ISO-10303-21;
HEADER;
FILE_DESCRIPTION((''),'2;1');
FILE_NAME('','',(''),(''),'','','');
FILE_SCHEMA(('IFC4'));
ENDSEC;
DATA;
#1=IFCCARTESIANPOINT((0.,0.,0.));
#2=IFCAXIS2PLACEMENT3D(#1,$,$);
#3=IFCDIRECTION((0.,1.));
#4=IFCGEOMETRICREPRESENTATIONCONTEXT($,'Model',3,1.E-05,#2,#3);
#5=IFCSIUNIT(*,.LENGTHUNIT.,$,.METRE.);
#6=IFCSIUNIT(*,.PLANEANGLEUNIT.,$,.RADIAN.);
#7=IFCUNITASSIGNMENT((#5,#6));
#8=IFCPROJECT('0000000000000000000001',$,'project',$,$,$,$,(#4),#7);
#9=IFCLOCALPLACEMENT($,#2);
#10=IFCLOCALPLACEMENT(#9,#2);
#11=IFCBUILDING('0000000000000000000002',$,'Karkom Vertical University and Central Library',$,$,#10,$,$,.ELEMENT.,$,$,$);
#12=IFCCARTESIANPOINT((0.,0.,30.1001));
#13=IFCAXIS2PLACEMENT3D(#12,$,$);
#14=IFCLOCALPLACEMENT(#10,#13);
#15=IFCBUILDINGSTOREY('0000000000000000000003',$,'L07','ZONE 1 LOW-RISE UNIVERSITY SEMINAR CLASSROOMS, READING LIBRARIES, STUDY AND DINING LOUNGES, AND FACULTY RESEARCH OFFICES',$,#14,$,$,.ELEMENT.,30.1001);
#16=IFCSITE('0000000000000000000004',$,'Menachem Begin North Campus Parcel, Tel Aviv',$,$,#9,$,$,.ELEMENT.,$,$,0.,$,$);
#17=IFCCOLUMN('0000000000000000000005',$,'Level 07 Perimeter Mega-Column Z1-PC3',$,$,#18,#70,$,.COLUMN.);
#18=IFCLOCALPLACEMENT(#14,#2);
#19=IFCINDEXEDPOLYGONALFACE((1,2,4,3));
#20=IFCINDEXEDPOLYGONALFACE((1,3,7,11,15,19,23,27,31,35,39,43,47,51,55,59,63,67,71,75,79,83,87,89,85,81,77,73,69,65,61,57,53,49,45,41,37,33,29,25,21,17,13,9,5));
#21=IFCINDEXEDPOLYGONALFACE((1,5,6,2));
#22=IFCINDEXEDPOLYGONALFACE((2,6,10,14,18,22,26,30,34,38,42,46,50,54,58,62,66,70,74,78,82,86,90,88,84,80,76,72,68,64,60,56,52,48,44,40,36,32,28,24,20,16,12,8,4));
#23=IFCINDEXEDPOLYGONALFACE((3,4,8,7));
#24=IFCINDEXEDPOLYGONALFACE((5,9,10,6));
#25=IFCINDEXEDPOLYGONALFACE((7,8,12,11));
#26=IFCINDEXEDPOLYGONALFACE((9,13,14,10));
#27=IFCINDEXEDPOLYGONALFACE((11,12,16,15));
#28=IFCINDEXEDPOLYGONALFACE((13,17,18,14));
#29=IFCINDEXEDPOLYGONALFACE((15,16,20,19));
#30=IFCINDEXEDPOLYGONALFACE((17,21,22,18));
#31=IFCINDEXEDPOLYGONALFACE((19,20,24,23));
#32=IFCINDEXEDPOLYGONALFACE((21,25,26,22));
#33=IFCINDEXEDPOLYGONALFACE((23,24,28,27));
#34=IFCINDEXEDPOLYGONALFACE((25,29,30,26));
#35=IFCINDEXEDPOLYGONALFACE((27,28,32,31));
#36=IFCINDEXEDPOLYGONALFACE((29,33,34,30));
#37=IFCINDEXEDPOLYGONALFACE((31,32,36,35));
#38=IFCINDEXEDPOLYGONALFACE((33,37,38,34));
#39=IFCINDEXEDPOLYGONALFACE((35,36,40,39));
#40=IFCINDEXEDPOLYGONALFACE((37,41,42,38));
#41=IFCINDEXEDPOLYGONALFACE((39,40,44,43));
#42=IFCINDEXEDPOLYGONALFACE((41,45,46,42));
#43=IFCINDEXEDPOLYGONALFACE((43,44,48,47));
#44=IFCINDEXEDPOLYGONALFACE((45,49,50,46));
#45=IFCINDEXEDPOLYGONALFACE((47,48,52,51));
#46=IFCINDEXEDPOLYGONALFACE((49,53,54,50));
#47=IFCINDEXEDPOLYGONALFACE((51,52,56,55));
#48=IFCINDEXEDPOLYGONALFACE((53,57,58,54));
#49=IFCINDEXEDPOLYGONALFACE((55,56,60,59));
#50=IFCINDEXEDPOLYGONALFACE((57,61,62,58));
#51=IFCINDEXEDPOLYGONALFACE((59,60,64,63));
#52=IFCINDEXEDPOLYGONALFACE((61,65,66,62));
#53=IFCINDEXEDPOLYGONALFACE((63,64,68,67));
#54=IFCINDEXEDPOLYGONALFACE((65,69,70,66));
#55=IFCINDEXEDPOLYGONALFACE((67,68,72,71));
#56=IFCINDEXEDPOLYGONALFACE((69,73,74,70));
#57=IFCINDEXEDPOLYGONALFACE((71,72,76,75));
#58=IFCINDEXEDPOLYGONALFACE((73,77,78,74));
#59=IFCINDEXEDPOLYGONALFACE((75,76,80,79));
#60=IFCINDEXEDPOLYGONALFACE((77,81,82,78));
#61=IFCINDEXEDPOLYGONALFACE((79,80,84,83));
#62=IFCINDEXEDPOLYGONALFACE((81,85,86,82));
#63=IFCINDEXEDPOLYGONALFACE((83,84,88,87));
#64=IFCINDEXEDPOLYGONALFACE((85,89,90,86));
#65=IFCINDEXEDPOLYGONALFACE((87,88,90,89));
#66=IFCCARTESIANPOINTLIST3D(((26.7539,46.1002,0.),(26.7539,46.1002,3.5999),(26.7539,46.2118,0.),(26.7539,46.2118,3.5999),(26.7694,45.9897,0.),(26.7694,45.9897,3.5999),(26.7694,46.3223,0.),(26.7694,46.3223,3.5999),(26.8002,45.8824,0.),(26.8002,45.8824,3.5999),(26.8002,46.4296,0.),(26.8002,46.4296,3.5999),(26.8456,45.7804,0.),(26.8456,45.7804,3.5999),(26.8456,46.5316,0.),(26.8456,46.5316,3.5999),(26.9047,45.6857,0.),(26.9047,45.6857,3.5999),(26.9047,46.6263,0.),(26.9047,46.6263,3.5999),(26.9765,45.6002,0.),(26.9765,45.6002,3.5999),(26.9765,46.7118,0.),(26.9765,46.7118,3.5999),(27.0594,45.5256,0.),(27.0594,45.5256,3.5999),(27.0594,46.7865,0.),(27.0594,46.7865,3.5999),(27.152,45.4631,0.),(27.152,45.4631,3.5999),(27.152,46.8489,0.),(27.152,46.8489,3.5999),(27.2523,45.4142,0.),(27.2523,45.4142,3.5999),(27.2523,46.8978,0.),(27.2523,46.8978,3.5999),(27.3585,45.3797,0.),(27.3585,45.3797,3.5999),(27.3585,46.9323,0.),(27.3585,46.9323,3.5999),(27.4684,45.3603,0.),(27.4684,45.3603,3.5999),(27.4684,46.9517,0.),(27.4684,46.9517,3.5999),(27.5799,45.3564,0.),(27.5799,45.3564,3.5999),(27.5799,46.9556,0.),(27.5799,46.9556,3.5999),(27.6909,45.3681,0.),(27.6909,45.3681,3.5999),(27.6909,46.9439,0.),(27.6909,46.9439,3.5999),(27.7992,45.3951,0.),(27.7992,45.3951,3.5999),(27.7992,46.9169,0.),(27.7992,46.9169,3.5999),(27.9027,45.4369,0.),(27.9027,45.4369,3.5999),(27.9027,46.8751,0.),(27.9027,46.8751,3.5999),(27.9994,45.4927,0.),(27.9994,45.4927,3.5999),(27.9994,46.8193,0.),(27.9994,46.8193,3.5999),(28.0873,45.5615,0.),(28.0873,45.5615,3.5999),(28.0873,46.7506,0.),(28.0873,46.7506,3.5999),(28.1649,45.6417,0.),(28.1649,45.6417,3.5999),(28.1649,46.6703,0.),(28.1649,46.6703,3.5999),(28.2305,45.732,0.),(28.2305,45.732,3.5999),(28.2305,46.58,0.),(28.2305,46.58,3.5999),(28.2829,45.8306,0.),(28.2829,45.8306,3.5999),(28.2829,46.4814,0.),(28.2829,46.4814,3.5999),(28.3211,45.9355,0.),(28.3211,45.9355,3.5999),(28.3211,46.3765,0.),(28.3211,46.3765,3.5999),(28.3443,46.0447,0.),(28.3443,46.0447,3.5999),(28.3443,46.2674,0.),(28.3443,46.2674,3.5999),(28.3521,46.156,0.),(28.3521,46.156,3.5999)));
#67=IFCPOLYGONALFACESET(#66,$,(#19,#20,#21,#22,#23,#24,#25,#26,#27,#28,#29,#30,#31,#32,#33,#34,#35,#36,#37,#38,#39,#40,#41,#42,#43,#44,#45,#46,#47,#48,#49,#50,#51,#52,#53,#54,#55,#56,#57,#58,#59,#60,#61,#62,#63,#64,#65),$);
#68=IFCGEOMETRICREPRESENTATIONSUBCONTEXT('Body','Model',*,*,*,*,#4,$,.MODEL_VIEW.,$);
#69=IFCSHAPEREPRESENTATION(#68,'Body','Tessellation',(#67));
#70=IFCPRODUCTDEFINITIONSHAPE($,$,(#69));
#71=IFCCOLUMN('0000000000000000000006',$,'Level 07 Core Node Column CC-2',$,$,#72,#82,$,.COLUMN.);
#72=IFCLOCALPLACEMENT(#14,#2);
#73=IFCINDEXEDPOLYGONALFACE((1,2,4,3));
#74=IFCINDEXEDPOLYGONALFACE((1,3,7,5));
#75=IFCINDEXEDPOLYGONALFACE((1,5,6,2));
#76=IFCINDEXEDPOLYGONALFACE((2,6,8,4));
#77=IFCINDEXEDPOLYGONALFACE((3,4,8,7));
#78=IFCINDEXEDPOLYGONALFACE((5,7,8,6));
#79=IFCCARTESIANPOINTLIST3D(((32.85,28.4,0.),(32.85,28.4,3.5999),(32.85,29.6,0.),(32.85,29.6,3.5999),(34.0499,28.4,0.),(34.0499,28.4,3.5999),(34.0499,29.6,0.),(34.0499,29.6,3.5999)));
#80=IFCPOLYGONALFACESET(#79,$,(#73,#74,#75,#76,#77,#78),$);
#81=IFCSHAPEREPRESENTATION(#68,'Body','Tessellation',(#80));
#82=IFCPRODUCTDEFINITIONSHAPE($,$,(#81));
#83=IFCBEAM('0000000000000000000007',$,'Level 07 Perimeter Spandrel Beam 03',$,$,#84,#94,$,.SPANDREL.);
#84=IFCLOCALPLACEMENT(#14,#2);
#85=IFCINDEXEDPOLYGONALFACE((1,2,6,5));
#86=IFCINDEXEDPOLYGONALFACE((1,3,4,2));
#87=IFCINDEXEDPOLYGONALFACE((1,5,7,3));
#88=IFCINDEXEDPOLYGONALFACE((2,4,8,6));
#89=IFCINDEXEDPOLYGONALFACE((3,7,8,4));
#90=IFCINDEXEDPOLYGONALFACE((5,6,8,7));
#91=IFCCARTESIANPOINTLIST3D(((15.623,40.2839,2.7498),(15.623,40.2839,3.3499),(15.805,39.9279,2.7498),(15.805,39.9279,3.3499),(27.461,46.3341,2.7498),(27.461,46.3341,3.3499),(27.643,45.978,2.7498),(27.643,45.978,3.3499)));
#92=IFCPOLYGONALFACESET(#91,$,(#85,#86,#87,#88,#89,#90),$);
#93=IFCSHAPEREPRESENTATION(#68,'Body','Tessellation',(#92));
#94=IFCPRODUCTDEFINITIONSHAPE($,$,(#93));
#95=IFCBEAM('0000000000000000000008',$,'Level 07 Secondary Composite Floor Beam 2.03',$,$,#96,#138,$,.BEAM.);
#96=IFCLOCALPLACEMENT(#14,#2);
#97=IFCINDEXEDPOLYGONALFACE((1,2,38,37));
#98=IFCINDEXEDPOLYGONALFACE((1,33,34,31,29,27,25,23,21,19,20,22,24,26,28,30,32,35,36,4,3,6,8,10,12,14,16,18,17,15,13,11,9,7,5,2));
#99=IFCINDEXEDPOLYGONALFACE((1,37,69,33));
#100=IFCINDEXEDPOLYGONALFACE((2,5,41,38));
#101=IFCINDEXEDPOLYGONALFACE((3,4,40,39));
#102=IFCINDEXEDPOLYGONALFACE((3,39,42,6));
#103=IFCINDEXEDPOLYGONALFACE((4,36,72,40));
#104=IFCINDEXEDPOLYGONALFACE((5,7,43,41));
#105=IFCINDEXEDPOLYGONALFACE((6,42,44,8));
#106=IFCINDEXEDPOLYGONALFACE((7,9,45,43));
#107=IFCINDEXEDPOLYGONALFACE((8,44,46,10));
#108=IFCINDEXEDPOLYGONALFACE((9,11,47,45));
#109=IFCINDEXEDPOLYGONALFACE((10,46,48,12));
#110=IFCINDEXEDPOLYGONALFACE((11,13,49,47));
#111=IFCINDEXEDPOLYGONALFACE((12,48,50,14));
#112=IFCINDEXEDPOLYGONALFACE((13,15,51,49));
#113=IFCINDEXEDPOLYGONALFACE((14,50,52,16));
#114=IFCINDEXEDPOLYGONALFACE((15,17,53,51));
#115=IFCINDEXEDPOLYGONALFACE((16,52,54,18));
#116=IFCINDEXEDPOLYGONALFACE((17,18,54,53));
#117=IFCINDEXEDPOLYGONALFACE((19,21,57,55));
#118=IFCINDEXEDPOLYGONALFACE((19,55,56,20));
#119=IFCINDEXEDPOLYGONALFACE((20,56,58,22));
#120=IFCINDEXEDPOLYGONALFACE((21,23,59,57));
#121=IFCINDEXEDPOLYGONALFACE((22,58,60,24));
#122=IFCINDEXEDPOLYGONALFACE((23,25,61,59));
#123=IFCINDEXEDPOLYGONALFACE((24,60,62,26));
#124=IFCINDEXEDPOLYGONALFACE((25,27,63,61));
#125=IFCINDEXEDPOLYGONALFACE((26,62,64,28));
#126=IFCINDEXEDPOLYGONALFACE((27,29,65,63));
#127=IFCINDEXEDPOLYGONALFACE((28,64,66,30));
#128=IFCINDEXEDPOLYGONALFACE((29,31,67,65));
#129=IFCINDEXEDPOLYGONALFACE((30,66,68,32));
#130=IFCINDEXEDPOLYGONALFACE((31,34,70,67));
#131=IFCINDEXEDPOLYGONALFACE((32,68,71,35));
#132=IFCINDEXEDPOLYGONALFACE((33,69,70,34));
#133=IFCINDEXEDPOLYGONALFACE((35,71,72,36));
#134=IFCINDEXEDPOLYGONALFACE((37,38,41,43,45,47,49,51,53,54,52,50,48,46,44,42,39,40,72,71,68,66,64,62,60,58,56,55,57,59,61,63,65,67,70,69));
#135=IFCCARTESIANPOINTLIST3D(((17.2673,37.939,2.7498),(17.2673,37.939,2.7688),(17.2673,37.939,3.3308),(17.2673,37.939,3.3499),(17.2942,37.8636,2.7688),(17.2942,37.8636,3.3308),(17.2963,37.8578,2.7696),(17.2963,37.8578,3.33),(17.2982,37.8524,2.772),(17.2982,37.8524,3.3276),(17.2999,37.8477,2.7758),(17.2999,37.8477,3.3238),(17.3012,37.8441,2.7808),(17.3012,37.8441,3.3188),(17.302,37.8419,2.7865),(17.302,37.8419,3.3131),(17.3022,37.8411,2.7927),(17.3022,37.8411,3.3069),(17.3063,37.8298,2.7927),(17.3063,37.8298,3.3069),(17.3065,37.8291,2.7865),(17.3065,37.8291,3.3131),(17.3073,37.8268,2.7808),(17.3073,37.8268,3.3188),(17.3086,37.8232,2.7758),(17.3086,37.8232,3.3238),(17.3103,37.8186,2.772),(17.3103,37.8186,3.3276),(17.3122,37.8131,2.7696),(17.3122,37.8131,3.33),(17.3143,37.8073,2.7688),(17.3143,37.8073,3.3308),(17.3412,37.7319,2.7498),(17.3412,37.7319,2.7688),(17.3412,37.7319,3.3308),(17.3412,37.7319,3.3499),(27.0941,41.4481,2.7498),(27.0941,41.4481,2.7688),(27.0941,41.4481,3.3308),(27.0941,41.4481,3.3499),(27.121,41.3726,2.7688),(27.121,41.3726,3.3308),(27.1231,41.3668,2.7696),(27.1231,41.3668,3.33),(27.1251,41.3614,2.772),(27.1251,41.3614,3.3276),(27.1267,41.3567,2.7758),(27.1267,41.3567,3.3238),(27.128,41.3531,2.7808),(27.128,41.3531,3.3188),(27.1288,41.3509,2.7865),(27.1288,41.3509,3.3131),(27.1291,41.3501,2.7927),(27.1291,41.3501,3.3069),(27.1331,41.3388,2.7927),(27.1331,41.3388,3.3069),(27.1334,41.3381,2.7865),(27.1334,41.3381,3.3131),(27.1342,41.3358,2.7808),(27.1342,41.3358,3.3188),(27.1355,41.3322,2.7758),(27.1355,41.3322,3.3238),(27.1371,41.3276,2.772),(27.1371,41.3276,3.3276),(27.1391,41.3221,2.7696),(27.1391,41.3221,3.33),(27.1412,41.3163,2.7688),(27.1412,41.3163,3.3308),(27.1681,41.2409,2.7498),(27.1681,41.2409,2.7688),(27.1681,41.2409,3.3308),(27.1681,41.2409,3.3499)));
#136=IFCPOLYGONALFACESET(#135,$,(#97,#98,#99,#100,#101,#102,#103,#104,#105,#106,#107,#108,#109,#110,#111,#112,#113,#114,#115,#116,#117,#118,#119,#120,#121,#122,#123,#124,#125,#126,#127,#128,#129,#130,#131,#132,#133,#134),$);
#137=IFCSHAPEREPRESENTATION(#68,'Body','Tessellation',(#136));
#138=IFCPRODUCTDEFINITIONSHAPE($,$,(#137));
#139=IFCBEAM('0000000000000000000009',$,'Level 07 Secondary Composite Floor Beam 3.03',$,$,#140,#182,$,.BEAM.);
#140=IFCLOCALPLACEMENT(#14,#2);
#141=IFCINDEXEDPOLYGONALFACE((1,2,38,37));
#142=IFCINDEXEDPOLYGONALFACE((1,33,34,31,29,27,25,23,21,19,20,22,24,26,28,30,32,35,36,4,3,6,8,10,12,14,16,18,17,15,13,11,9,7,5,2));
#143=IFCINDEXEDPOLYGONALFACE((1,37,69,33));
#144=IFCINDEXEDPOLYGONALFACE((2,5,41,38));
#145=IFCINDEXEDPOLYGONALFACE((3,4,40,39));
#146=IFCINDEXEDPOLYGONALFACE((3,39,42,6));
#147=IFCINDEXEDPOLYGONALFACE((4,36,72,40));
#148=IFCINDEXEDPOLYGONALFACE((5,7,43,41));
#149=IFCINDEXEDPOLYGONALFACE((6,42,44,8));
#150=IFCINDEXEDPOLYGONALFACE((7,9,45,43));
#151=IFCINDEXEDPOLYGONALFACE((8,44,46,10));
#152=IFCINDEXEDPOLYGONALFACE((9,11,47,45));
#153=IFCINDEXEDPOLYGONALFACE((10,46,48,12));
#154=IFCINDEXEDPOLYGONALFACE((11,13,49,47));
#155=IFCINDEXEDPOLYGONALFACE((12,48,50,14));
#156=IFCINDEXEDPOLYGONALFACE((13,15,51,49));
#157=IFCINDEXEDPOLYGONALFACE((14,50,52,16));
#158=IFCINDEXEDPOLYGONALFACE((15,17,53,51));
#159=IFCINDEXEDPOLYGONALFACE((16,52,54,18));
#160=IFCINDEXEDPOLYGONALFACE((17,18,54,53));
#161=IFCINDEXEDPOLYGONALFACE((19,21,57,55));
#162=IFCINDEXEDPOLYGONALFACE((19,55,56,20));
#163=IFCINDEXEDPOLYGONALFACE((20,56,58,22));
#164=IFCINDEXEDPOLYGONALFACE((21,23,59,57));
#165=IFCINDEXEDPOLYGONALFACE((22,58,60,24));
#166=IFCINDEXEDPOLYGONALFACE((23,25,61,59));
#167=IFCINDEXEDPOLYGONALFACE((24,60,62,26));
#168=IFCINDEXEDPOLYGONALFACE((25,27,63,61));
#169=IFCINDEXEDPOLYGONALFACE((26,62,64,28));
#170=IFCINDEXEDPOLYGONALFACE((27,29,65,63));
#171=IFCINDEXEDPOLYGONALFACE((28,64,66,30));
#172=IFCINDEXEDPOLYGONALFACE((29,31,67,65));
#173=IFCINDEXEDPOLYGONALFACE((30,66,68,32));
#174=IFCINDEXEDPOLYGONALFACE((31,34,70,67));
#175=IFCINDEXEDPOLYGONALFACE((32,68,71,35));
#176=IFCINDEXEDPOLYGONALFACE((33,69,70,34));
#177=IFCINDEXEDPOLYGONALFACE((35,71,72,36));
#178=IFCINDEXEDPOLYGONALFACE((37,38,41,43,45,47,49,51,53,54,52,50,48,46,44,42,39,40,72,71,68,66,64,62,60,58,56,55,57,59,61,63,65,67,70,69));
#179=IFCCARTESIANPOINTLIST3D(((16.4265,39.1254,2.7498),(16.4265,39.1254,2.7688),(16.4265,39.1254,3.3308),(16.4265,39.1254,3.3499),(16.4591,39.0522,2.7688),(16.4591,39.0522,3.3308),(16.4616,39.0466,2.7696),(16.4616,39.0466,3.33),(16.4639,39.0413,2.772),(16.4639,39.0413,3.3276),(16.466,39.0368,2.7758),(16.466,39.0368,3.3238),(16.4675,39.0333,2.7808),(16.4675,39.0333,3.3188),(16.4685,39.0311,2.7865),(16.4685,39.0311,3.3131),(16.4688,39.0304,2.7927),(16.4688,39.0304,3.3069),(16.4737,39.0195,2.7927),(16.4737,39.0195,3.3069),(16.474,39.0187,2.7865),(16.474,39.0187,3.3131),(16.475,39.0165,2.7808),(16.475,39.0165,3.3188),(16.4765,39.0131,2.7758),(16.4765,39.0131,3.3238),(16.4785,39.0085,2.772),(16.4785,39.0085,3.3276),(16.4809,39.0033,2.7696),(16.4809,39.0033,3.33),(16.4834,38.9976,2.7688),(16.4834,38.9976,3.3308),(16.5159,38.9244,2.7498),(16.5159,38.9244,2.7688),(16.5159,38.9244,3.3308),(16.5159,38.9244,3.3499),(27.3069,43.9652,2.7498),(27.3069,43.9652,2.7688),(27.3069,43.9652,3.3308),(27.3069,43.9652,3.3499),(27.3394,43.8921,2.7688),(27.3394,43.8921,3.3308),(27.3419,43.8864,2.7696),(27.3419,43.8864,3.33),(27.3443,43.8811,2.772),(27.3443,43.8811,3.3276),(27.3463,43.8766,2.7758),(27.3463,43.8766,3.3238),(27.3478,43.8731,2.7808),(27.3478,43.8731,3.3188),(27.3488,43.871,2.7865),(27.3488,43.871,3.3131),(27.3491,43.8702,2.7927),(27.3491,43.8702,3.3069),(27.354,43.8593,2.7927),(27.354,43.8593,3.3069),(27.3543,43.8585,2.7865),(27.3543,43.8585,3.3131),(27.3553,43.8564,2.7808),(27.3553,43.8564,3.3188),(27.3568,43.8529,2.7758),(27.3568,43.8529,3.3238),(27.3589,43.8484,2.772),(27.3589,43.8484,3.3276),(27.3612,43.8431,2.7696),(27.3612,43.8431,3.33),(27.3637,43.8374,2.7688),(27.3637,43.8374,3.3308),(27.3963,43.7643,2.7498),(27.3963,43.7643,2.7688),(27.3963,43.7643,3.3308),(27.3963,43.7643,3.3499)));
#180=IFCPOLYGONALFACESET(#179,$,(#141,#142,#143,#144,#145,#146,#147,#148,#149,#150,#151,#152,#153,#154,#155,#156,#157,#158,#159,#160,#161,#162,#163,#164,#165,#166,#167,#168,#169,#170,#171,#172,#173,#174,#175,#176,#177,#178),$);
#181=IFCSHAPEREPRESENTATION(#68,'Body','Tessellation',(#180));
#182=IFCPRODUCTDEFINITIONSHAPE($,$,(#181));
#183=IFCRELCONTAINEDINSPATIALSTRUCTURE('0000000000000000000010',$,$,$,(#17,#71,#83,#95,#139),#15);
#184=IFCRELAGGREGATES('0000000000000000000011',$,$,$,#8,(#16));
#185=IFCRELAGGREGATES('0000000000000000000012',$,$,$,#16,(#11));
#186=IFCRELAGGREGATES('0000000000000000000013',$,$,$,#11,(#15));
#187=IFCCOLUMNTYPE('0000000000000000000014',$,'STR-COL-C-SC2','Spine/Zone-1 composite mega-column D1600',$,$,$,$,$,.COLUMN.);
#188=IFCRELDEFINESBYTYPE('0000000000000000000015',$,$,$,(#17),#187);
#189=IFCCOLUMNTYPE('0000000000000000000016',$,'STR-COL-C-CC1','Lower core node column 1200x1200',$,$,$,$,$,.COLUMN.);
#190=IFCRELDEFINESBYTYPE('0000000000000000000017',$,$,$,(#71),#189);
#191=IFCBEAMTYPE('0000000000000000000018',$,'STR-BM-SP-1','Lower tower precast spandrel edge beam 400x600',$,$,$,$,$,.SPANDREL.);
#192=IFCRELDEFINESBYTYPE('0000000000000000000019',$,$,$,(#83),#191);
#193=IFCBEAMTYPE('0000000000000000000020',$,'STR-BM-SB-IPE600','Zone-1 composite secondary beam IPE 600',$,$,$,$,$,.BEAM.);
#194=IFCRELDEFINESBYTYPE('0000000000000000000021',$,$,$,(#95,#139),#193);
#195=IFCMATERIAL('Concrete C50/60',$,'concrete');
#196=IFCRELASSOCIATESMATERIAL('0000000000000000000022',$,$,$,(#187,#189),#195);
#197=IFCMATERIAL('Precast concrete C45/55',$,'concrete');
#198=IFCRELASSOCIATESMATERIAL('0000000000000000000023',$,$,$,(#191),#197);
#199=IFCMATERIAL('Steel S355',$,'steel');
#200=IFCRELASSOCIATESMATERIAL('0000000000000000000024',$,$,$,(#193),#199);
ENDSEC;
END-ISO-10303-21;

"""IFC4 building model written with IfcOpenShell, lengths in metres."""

from ifc_helpers import new_model, si_unit, direction, frame, origin, origin_with_axes, origin_2d, place, context, subcontext, project, spatial, rectangle, circle, i_section, extrude, source, transform, mapped, material, material_profile, profile_set, type_object, element, save


model = new_model("IFC4")

# Units and contexts
model_context = context("Model", 3, precision=1e-05, world=origin(), true_north=direction((0.0, 1.0)))
body_context = subcontext(model_context, "Body", "Model", "MODEL_VIEW")
ifc_project = project(units=[si_unit("LENGTHUNIT", "METRE"), si_unit("PLANEANGLEUNIT", "RADIAN")], contexts=[model_context])

# Site, building, storey
site_placement = place(None, origin())
site = spatial("IfcSite", under=ifc_project, at=site_placement, Name="Menachem Begin North Campus Parcel, Tel Aviv", CompositionType="ELEMENT", RefElevation=0.0)
building_placement = place(site_placement, origin())
building = spatial("IfcBuilding", under=site, at=building_placement, Name="Karkom Vertical University and Central Library", CompositionType="ELEMENT")
storey_placement = place(building_placement, frame((0.0, 0.0, 30.1001)))
storey = spatial("IfcBuildingStorey", under=building, at=storey_placement, Name="L07", Description="ZONE 1 LOW-RISE UNIVERSITY SEMINAR CLASSROOMS, READING LIBRARIES, STUDY AND DINING LOUNGES, AND FACULTY RESEARCH OFFICES", CompositionType="ELEMENT", Elevation=30.1001)

# Columns
ifc_material_1 = material(Name="Concrete C50/60", Category="concrete")
ifc_material_profile_1 = material_profile(ifc_material_1, circle(Radius=0.8, at=origin_2d()), Name="CFT-D1600")
ifc_profile_set_1 = profile_set([ifc_material_profile_1], Name="Concrete C50/60")
column_type_1 = type_object("IfcColumnType", Name="STR-COL-C-SC2", Description="Spine/Zone-1 composite mega-column D1600", PredefinedType="COLUMN", material=ifc_profile_set_1)
shared_shape_1 = source(origin_with_axes(), body_context, "Body", "SweptSolid", [
    extrude(circle(Radius=0.8, at=origin_2d()), origin(), (0.0, 0.0, 1.0), 3.5999),
])
column_1_placement = place(storey_placement, frame((27.552, 46.156, 0.0), z_axis=(0.0, 0.0, 1.0), x_axis=(1.0, 0.0, 0.0)))
element("IfcColumn", 1, at=column_1_placement, inside=storey, type_object=column_type_1, Name="Level 07 Perimeter Mega-Column Z1-PC3", PredefinedType="COLUMN", context=body_context, shape_type="MappedRepresentation", body=[
    mapped(shared_shape_1, transform((0.0, 0.0, 0.0), scale=1.0)),
])
ifc_material_profile_2 = material_profile(ifc_material_1, rectangle(XDim=1.2, YDim=1.2, at=origin_2d()), Name="RC-1200x1200")
ifc_profile_set_2 = profile_set([ifc_material_profile_2], Name="Concrete C50/60")
column_type_2 = type_object("IfcColumnType", Name="STR-COL-C-CC1", Description="Lower core node column 1200x1200", PredefinedType="COLUMN", material=ifc_profile_set_2)
shared_shape_2 = source(origin_with_axes(), body_context, "Body", "SweptSolid", [
    extrude(rectangle(XDim=1.2, YDim=1.2, at=origin_2d()), origin(), (0.0, 0.0, 1.0), 3.5999),
])
column_2_placement = place(storey_placement, frame((33.45, 29.0, 0.0), z_axis=(0.0, 0.0, 1.0), x_axis=(1.0, 0.0, 0.0)))
element("IfcColumn", 2, at=column_2_placement, inside=storey, type_object=column_type_2, Name="Level 07 Core Node Column CC-2", PredefinedType="COLUMN", context=body_context, shape_type="MappedRepresentation", body=[
    mapped(shared_shape_2, transform((0.0, 0.0, 0.0), scale=1.0)),
])

# Beams
ifc_material_2 = material(Name="Precast concrete C45/55", Category="concrete")
ifc_material_profile_3 = material_profile(ifc_material_2, rectangle(XDim=0.3999, YDim=0.6001, at=origin_2d()), Name="SPB-400x600")
ifc_profile_set_3 = profile_set([ifc_material_profile_3], Name="Precast concrete C45/55")
beam_type_1 = type_object("IfcBeamType", Name="STR-BM-SP-1", Description="Lower tower precast spandrel edge beam 400x600", PredefinedType="SPANDREL", material=ifc_profile_set_3)
shared_shape_3 = source(origin_with_axes(), body_context, "Body", "SweptSolid", [
    extrude(rectangle(XDim=0.3999, YDim=0.6001, at=origin_2d()), origin(), (0.0, 0.0, 1.0), 13.2944),
])
beam_1_placement = place(storey_placement, frame((27.552, 46.156, 3.0498), z_axis=(-0.890448, -0.455085, 0.0), x_axis=(0.455085, -0.890448, 0.0)))
element("IfcBeam", 3, at=beam_1_placement, inside=storey, type_object=beam_type_1, Name="Level 07 Perimeter Spandrel Beam 03", PredefinedType="SPANDREL", context=body_context, shape_type="MappedRepresentation", body=[
    mapped(shared_shape_3, transform((0.0, 0.0, 0.0), scale=1.0)),
])
ifc_material_3 = material(Name="Steel S355", Category="steel")
ifc_material_profile_4 = material_profile(ifc_material_3, i_section(OverallWidth=0.22, OverallDepth=0.6001, WebThickness=0.012, FlangeThickness=0.019, FilletRadius=0.0239, at=origin_2d()), Name="IPE 600")
ifc_profile_set_4 = profile_set([ifc_material_profile_4], Name="Steel S355")
beam_type_2 = type_object("IfcBeamType", Name="STR-BM-SB-IPE600", Description="Zone-1 composite secondary beam IPE 600", PredefinedType="BEAM", material=ifc_profile_set_4)
shared_shape_4 = source(origin_with_axes(), body_context, "Body", "SweptSolid", [
    extrude(i_section(OverallWidth=0.22, OverallDepth=0.6001, WebThickness=0.012, FlangeThickness=0.019, FilletRadius=0.0239, at=origin_2d()), origin(), (0.0, 0.0, 1.0), 10.4346),
])
beam_2_placement = place(storey_placement, frame((27.1311, 41.3445, 3.0498), z_axis=(-0.941759, -0.336287, 0.0), x_axis=(0.336287, -0.941759, 0.0)))
element("IfcBeam", 4, at=beam_2_placement, inside=storey, type_object=beam_type_2, Name="Level 07 Secondary Composite Floor Beam 2.03", PredefinedType="BEAM", context=body_context, shape_type="MappedRepresentation", body=[
    mapped(shared_shape_4, transform((0.0, 0.0, 0.0), scale=1.0)),
])
shared_shape_5 = source(origin_with_axes(), body_context, "Body", "SweptSolid", [
    extrude(i_section(OverallWidth=0.22, OverallDepth=0.6001, WebThickness=0.012, FlangeThickness=0.019, FilletRadius=0.0239, at=origin_2d()), origin(), (0.0, 0.0, 1.0), 11.9082),
])
beam_3_placement = place(storey_placement, frame((27.3516, 43.8647, 3.0498), z_axis=(-0.913683, -0.406428, 0.0), x_axis=(0.406428, -0.913683, 0.0)))
element("IfcBeam", 5, at=beam_3_placement, inside=storey, type_object=beam_type_2, Name="Level 07 Secondary Composite Floor Beam 3.03", PredefinedType="BEAM", context=body_context, shape_type="MappedRepresentation", body=[
    mapped(shared_shape_5, transform((0.0, 0.0, 0.0), scale=1.0)),
])

save(model, "model.ifc")
